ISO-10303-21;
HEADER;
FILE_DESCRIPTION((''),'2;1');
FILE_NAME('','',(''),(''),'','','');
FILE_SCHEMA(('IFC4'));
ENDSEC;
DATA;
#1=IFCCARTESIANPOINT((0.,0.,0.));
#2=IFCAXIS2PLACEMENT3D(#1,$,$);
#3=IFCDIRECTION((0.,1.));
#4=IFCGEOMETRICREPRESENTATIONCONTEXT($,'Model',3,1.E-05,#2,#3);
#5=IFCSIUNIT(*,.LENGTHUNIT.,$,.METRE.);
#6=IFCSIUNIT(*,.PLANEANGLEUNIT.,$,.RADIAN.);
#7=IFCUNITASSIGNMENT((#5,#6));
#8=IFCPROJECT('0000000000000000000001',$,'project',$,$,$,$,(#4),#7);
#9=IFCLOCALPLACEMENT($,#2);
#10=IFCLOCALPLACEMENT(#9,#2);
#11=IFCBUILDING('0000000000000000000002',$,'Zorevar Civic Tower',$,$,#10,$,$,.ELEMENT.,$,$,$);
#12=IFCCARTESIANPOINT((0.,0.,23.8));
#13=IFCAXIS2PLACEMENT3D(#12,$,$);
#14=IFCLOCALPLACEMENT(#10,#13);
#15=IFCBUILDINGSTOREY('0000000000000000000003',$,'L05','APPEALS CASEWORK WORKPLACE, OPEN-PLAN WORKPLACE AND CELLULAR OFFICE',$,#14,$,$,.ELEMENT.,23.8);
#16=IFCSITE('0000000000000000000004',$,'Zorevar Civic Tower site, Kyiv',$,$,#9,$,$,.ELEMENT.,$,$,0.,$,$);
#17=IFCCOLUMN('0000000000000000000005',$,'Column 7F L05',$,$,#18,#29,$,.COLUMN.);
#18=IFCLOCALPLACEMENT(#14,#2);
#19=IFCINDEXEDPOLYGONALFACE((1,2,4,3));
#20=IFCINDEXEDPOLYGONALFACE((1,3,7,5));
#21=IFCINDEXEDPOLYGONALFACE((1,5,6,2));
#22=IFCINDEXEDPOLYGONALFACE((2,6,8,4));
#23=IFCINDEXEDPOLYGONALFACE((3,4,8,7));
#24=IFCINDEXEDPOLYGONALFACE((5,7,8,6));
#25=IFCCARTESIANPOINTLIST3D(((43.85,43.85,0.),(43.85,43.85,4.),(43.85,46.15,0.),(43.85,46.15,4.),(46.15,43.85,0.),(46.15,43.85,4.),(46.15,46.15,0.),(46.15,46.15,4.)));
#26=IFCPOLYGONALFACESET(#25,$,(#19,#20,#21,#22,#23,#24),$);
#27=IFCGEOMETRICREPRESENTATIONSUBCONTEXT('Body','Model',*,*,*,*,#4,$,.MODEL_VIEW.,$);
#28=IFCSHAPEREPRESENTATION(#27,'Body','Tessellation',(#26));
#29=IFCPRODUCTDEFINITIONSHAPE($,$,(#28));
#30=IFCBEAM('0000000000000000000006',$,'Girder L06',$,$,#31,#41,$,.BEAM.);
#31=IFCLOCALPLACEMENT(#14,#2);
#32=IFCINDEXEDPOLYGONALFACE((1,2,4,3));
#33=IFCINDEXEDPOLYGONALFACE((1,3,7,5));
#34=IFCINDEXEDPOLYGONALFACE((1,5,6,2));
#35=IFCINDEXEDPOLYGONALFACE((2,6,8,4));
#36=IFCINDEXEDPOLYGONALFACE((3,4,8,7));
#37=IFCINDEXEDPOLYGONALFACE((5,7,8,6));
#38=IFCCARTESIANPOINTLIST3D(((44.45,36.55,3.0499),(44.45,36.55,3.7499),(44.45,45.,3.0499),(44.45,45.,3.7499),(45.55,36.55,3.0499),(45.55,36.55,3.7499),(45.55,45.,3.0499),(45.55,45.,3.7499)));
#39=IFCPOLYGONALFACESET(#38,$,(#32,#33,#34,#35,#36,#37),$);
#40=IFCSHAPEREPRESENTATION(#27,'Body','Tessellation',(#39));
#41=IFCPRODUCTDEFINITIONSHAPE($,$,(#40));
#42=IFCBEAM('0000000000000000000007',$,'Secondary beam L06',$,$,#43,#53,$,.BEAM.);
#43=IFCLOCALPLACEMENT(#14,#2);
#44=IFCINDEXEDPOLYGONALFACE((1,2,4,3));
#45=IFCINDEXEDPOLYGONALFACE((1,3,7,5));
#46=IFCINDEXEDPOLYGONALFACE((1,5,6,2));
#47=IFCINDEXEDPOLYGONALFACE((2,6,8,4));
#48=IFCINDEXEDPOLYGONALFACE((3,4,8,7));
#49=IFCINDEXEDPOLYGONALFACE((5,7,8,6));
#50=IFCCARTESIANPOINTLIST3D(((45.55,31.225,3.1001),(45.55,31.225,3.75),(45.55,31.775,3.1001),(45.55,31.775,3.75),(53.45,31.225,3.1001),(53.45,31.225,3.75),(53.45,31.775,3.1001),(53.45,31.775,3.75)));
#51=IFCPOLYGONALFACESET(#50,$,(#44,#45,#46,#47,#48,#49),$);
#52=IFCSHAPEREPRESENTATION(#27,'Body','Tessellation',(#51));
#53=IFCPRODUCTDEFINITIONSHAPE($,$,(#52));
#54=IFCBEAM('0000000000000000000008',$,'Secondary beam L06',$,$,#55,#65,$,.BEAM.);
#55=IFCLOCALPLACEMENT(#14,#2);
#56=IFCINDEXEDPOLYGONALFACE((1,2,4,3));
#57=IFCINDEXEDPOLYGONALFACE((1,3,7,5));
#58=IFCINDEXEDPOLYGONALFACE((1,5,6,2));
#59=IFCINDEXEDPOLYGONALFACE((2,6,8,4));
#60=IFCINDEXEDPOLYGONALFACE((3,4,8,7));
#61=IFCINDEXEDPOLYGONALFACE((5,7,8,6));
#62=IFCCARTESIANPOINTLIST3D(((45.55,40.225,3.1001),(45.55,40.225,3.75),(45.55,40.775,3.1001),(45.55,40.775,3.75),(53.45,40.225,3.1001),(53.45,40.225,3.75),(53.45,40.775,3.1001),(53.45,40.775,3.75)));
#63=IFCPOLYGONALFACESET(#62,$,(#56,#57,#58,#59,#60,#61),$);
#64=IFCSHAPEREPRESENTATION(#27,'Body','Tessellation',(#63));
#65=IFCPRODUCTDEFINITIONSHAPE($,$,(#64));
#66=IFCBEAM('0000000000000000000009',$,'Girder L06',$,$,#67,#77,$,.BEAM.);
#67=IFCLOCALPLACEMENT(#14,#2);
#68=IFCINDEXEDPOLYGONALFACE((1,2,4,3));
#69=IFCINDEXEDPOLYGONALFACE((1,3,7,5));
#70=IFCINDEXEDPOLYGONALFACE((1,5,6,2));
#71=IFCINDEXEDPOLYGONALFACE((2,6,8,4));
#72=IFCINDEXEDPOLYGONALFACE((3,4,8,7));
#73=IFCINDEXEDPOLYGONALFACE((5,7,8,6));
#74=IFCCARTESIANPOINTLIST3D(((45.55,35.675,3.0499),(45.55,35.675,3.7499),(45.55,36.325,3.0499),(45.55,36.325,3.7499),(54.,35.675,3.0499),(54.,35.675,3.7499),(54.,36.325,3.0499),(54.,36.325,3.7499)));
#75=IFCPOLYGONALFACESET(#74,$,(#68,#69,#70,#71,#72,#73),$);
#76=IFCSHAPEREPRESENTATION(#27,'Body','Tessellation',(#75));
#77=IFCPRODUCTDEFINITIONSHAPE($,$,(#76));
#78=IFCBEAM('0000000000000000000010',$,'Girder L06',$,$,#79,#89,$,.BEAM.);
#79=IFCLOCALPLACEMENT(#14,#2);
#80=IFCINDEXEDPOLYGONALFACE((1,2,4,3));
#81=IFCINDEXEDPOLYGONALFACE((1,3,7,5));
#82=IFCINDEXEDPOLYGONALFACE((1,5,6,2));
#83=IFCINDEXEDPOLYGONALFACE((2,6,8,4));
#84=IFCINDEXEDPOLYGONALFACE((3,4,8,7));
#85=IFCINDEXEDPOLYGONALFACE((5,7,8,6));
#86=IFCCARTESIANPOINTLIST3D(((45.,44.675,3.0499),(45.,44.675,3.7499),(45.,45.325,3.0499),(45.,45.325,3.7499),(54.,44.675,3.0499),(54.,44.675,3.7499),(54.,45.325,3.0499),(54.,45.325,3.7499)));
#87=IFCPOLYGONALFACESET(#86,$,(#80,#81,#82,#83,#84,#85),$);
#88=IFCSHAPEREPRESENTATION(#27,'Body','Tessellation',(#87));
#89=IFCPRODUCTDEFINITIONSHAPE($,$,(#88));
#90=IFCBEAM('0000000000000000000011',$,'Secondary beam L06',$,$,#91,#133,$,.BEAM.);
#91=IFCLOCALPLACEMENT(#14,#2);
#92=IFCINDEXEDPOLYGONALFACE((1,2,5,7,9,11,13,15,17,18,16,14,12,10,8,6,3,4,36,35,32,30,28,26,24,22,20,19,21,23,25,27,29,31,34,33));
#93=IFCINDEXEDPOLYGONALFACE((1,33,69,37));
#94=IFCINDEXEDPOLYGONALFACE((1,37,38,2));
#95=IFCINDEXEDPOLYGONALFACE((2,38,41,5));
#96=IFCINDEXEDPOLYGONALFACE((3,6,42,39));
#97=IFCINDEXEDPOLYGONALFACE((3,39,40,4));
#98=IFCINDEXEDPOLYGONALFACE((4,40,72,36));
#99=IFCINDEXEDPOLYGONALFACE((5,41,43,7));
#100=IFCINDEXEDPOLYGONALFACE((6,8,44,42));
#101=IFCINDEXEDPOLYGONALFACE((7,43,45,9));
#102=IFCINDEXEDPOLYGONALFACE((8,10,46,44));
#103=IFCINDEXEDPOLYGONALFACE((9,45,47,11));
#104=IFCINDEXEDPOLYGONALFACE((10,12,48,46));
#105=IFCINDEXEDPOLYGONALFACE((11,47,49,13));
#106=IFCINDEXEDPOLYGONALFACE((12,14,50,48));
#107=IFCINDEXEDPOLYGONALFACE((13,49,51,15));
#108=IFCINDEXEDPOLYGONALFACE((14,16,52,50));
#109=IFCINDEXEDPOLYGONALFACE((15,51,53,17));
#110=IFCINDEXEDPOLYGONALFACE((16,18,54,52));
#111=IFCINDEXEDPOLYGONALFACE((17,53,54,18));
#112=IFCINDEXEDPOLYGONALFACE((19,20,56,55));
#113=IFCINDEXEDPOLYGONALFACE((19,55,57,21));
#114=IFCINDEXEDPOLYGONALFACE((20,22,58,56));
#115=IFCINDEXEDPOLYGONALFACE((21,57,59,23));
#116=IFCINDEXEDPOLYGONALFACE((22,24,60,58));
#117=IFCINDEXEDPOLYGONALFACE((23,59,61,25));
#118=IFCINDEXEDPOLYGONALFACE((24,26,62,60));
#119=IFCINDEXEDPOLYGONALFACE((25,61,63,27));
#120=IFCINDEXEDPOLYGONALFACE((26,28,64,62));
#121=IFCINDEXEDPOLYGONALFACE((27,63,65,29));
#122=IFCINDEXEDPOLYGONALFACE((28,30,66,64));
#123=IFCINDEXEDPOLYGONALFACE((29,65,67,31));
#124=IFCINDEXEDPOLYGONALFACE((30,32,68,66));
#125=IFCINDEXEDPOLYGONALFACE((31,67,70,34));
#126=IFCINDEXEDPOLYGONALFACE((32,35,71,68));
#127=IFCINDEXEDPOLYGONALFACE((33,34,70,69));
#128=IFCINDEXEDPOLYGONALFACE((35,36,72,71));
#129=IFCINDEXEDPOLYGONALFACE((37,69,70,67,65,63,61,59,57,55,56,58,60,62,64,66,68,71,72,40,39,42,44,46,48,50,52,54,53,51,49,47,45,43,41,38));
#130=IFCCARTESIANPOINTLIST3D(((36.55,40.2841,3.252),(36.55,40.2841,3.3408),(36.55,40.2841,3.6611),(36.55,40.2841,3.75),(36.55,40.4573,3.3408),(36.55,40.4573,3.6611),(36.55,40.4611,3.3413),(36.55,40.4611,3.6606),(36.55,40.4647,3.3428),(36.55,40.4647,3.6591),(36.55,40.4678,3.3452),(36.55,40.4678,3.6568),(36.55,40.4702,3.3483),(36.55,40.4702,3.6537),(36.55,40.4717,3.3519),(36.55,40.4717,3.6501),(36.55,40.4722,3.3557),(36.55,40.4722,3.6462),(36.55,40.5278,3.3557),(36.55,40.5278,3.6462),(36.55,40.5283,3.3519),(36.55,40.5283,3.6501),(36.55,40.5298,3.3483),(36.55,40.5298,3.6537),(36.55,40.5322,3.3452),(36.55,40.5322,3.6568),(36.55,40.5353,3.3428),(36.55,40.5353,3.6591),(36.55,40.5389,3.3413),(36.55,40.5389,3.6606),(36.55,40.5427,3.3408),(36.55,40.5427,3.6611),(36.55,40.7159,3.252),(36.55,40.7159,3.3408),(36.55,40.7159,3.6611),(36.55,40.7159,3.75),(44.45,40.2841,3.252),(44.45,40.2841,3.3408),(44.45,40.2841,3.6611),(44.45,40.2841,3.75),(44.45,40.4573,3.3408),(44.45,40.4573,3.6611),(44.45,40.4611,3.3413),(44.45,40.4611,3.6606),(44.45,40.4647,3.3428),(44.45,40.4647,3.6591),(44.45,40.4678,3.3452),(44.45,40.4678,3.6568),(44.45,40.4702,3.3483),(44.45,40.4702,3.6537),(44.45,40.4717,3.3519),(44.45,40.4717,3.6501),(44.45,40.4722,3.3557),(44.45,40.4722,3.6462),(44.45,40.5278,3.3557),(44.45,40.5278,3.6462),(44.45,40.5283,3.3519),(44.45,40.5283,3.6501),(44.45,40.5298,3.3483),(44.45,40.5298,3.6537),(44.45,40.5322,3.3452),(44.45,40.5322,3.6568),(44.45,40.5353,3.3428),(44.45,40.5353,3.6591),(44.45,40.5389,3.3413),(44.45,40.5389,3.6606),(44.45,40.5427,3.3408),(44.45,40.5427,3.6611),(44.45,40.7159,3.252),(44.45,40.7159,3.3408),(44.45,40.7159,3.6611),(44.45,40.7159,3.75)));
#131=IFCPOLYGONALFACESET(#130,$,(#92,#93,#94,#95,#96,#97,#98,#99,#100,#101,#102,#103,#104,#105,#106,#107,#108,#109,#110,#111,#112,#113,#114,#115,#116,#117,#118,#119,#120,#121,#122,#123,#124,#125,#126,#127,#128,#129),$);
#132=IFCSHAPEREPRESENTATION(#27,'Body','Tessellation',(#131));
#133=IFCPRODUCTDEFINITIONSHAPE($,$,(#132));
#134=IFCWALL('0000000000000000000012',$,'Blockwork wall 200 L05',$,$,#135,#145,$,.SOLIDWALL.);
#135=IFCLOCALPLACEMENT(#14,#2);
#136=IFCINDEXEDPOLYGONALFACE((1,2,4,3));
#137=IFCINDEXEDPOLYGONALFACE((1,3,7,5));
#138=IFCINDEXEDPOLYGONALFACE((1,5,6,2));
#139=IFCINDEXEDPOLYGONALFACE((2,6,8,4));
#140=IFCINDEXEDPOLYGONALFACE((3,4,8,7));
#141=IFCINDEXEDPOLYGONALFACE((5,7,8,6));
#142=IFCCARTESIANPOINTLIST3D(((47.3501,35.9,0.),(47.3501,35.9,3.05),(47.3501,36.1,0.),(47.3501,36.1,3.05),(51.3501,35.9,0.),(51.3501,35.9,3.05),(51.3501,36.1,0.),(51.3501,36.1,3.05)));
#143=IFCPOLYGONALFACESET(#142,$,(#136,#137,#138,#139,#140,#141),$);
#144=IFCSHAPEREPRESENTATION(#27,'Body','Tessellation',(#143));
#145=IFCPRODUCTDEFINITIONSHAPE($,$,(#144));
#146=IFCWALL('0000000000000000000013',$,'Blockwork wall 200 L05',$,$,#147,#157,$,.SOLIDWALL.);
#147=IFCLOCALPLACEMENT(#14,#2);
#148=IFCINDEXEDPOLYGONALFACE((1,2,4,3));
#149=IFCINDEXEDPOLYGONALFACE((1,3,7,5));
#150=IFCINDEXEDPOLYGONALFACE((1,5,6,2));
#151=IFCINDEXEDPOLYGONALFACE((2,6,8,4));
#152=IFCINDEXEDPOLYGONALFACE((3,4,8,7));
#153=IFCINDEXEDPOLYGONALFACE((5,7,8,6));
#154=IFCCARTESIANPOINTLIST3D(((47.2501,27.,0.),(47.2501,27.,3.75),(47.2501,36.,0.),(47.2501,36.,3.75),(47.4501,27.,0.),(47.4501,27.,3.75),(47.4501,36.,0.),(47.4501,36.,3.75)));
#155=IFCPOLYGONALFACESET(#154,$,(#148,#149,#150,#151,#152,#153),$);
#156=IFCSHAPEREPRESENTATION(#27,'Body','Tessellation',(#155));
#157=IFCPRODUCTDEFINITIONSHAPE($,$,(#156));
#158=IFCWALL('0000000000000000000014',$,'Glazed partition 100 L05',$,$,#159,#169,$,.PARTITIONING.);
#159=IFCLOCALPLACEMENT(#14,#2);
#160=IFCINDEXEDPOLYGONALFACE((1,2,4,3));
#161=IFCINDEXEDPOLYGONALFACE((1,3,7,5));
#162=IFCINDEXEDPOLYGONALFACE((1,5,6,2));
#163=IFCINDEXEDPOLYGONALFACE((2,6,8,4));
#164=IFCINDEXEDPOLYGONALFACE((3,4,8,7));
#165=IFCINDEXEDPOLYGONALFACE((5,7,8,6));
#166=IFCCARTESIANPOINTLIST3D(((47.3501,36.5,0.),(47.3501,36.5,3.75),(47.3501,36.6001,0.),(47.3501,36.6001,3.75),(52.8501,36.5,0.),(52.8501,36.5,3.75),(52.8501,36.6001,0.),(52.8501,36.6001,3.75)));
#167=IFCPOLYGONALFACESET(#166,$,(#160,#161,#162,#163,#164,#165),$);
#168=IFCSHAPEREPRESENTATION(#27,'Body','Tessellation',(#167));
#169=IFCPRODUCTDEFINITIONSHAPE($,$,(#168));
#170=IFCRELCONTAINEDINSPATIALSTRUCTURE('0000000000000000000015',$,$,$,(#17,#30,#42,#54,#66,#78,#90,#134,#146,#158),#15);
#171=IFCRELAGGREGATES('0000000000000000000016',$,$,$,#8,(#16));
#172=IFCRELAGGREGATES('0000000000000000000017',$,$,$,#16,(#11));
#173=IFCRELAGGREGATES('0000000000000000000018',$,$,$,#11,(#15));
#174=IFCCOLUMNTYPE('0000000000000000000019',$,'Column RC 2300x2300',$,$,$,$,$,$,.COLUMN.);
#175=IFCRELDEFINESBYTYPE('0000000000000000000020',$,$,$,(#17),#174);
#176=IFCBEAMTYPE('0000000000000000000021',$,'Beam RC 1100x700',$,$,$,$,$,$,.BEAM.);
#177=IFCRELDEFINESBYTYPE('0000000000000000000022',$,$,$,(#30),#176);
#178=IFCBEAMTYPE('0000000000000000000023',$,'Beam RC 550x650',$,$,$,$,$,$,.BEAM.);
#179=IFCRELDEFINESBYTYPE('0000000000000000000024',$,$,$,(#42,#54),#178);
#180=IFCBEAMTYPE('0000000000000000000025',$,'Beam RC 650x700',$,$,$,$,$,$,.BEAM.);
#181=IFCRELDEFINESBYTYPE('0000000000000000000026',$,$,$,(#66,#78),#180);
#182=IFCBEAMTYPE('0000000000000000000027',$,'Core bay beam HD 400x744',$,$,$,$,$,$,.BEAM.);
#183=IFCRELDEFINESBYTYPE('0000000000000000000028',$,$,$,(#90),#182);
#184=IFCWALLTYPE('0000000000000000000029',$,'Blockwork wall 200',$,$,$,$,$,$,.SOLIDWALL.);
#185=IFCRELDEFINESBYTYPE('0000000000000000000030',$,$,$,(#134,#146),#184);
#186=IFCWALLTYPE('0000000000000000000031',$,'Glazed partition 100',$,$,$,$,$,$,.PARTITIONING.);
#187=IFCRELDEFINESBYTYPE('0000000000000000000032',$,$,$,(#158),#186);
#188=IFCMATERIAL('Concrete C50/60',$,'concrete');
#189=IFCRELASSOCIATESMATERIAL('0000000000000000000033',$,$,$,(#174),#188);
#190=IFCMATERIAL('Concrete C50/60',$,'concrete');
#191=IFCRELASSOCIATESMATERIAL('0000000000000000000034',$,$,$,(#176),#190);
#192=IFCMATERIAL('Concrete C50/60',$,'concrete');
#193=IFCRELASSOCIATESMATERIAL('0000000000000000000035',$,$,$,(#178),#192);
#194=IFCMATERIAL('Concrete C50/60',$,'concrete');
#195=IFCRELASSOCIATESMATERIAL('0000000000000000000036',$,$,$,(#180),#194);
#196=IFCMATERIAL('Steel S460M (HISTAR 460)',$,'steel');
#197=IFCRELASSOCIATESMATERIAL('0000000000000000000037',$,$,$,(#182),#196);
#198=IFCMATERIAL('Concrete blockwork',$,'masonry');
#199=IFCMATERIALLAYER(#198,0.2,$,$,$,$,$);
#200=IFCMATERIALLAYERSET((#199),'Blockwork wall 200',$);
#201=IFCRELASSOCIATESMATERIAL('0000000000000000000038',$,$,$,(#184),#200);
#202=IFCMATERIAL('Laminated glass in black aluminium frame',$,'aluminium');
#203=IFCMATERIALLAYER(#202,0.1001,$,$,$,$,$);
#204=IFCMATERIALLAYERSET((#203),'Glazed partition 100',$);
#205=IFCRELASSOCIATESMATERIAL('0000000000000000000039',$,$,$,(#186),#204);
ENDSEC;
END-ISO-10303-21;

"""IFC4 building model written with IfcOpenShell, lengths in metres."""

from ifc_helpers import new_model, si_unit, direction, frame, frame_2d, origin, origin_2d, place, context, subcontext, project, spatial, rectangle, i_section, extrude, material, layer, layer_set, material_profile, profile_set, type_object, element, save


model = new_model("IFC4")

# Units and contexts
model_context = context("Model", 3, precision=1e-05, world=origin(), true_north=direction((0.0, 1.0)))
body_context = subcontext(model_context, "Body", "Model", "MODEL_VIEW")
ifc_project = project(units=[si_unit("LENGTHUNIT", "METRE"), si_unit("PLANEANGLEUNIT", "RADIAN")], contexts=[model_context])

# Site, building, storey
site_placement = place(None, origin())
site = spatial("IfcSite", under=ifc_project, at=site_placement, Name="Zorevar Civic Tower site, Kyiv", CompositionType="ELEMENT", RefElevation=0.0)
building_placement = place(site_placement, origin())
building = spatial("IfcBuilding", under=site, at=building_placement, Name="Zorevar Civic Tower", CompositionType="ELEMENT")
storey_placement = place(building_placement, frame((0.0, 0.0, 23.8)))
storey = spatial("IfcBuildingStorey", under=building, at=storey_placement, Name="L05", Description="APPEALS CASEWORK WORKPLACE, OPEN-PLAN WORKPLACE AND CELLULAR OFFICE", CompositionType="ELEMENT", Elevation=23.8)

# Column
ifc_material_1 = material(Name="Concrete C50/60", Category="concrete")
ifc_material_profile_1 = material_profile(ifc_material_1, rectangle(XDim=2.3, YDim=2.3, at=origin_2d()), Name="RC 2300x2300")
ifc_profile_set_1 = profile_set([ifc_material_profile_1], Name="Concrete C50/60")
column_type = type_object("IfcColumnType", Name="Column RC 2300x2300", PredefinedType="COLUMN", material=ifc_profile_set_1)
column_placement = place(storey_placement, frame((45.0, 45.0, 0.0), z_axis=(0.0, 0.0, 1.0), x_axis=(1.0, 0.0, 0.0)))
element("IfcColumn", 1, at=column_placement, inside=storey, type_object=column_type, Name="Column 7F L05", PredefinedType="COLUMN", context=body_context, shape_type="SweptSolid", body=[
    extrude(rectangle(XDim=2.3, YDim=2.3, at=origin_2d()), origin(), (0.0, 0.0, 1.0), 4.0),
])

# Beams
ifc_material_2 = material(Name="Concrete C50/60", Category="concrete")
ifc_material_profile_2 = material_profile(ifc_material_2, rectangle(XDim=1.1001, YDim=0.7, at=origin_2d()), Name="RC 1100x700")
ifc_profile_set_2 = profile_set([ifc_material_profile_2], Name="Concrete C50/60")
beam_type_1 = type_object("IfcBeamType", Name="Beam RC 1100x700", PredefinedType="BEAM", material=ifc_profile_set_2)
beam_1_placement = place(storey_placement, frame((45.0, 36.55, 3.3999), z_axis=(0.0, 1.0, 0.0), x_axis=(-1.0, 0.0, 0.0)))
element("IfcBeam", 2, at=beam_1_placement, inside=storey, type_object=beam_type_1, Name="Girder L06", PredefinedType="BEAM", context=body_context, shape_type="SweptSolid", body=[
    extrude(rectangle(XDim=1.1001, YDim=0.7, at=origin_2d()), origin(), (0.0, 0.0, 1.0), 8.45),
])
ifc_material_3 = material(Name="Concrete C50/60", Category="concrete")
ifc_material_profile_3 = material_profile(ifc_material_3, rectangle(XDim=0.55, YDim=0.6499, at=origin_2d()), Name="RC 550x650")
ifc_profile_set_3 = profile_set([ifc_material_profile_3], Name="Concrete C50/60")
beam_type_2 = type_object("IfcBeamType", Name="Beam RC 550x650", PredefinedType="BEAM", material=ifc_profile_set_3)
for number, where, z_axis, x_axis, name in (
    (3, (45.55, 31.5, 3.425), (1.0, 0.0, 0.0), (0.0, 1.0, 0.0), "Secondary beam L06"),
    (4, (45.55, 40.5, 3.425), (1.0, 0.0, 0.0), (0.0, 1.0, 0.0), "Secondary beam L06"),
):
    element("IfcBeam", number, at=place(storey_placement, frame(where, z_axis=z_axis, x_axis=x_axis)), inside=storey, type_object=beam_type_2, Name=name, PredefinedType="BEAM", context=body_context, shape_type="SweptSolid", body=[
        extrude(rectangle(XDim=0.55, YDim=0.6499, at=origin_2d()), origin(), (0.0, 0.0, 1.0), 7.8999),
    ])
ifc_material_4 = material(Name="Concrete C50/60", Category="concrete")
ifc_material_profile_4 = material_profile(ifc_material_4, rectangle(XDim=0.6499, YDim=0.7, at=origin_2d()), Name="RC 650x700")
ifc_profile_set_4 = profile_set([ifc_material_profile_4], Name="Concrete C50/60")
beam_type_3 = type_object("IfcBeamType", Name="Beam RC 650x700", PredefinedType="BEAM", material=ifc_profile_set_4)
beam_2_placement = place(storey_placement, frame((45.55, 36.0, 3.3999), z_axis=(1.0, 0.0, 0.0), x_axis=(0.0, 1.0, 0.0)))
element("IfcBeam", 5, at=beam_2_placement, inside=storey, type_object=beam_type_3, Name="Girder L06", PredefinedType="BEAM", context=body_context, shape_type="SweptSolid", body=[
    extrude(rectangle(XDim=0.6499, YDim=0.7, at=origin_2d()), origin(), (0.0, 0.0, 1.0), 8.45),
])
beam_3_placement = place(storey_placement, frame((45.0, 45.0, 3.3999), z_axis=(1.0, 0.0, 0.0), x_axis=(0.0, 1.0, 0.0)))
element("IfcBeam", 6, at=beam_3_placement, inside=storey, type_object=beam_type_3, Name="Girder L06", PredefinedType="BEAM", context=body_context, shape_type="SweptSolid", body=[
    extrude(rectangle(XDim=0.6499, YDim=0.7, at=origin_2d()), origin(), (0.0, 0.0, 1.0), 9.0),
])
ifc_material_5 = material(Name="Steel S460M (HISTAR 460)", Category="steel")
ifc_material_profile_5 = material_profile(ifc_material_5, i_section(OverallWidth=0.4319, OverallDepth=0.498, WebThickness=0.0557, FlangeThickness=0.0889, FilletRadius=0.0149, at=origin_2d()), Name="HD 400x744")
ifc_profile_set_5 = profile_set([ifc_material_profile_5], Name="Steel S460M (HISTAR 460)")
beam_type_4 = type_object("IfcBeamType", Name="Core bay beam HD 400x744", PredefinedType="BEAM", material=ifc_profile_set_5)
beam_4_placement = place(storey_placement, frame((36.55, 40.5, 3.501), z_axis=(1.0, 0.0, 0.0), x_axis=(0.0, 1.0, 0.0)))
element("IfcBeam", 7, at=beam_4_placement, inside=storey, type_object=beam_type_4, Name="Secondary beam L06", PredefinedType="BEAM", context=body_context, shape_type="SweptSolid", body=[
    extrude(i_section(OverallWidth=0.4319, OverallDepth=0.498, WebThickness=0.0557, FlangeThickness=0.0889, FilletRadius=0.0149, at=origin_2d()), origin(), (0.0, 0.0, 1.0), 7.8999),
])

# Walls
ifc_material_6 = material(Name="Concrete blockwork", Category="masonry")
ifc_layer_1 = layer(ifc_material_6, 0.2)
ifc_layer_set_1 = layer_set([ifc_layer_1], Name="Blockwork wall 200")
wall_type_1 = type_object("IfcWallType", Name="Blockwork wall 200", PredefinedType="SOLIDWALL", material=ifc_layer_set_1)
wall_1_placement = place(storey_placement, frame((47.3501, 36.0, 0.0), z_axis=(0.0, 0.0, 1.0), x_axis=(1.0, 0.0, 0.0)))
element("IfcWall", 8, at=wall_1_placement, inside=storey, type_object=wall_type_1, Name="Blockwork wall 200 L05", PredefinedType="SOLIDWALL", context=body_context, shape_type="SweptSolid", body=[
    extrude(rectangle(XDim=4.0, YDim=0.2, at=frame_2d((2.0, 0.0))), origin(), (0.0, 0.0, 1.0), 3.05),
])
wall_2_placement = place(storey_placement, frame((47.3501, 27.0, 0.0), z_axis=(0.0, 0.0, 1.0), x_axis=(0.0, 1.0, 0.0)))
element("IfcWall", 9, at=wall_2_placement, inside=storey, type_object=wall_type_1, Name="Blockwork wall 200 L05", PredefinedType="SOLIDWALL", context=body_context, shape_type="SweptSolid", body=[
    extrude(rectangle(XDim=9.0, YDim=0.2, at=frame_2d((4.5, 0.0))), origin(), (0.0, 0.0, 1.0), 3.75),
])

# Wall
ifc_material_7 = material(Name="Laminated glass in black aluminium frame", Category="aluminium")
ifc_layer_2 = layer(ifc_material_7, 0.1001)
ifc_layer_set_2 = layer_set([ifc_layer_2], Name="Glazed partition 100")
wall_type_2 = type_object("IfcWallType", Name="Glazed partition 100", PredefinedType="PARTITIONING", material=ifc_layer_set_2)
wall_3_placement = place(storey_placement, frame((47.3501, 36.55, 0.0), z_axis=(0.0, 0.0, 1.0), x_axis=(1.0, 0.0, 0.0)))
element("IfcWall", 10, at=wall_3_placement, inside=storey, type_object=wall_type_2, Name="Glazed partition 100 L05", PredefinedType="PARTITIONING", context=body_context, shape_type="SweptSolid", body=[
    extrude(rectangle(XDim=5.5, YDim=0.1001, at=frame_2d((2.75, 0.0))), origin(), (0.0, 0.0, 1.0), 3.75),
])

save(model, "model.ifc")
